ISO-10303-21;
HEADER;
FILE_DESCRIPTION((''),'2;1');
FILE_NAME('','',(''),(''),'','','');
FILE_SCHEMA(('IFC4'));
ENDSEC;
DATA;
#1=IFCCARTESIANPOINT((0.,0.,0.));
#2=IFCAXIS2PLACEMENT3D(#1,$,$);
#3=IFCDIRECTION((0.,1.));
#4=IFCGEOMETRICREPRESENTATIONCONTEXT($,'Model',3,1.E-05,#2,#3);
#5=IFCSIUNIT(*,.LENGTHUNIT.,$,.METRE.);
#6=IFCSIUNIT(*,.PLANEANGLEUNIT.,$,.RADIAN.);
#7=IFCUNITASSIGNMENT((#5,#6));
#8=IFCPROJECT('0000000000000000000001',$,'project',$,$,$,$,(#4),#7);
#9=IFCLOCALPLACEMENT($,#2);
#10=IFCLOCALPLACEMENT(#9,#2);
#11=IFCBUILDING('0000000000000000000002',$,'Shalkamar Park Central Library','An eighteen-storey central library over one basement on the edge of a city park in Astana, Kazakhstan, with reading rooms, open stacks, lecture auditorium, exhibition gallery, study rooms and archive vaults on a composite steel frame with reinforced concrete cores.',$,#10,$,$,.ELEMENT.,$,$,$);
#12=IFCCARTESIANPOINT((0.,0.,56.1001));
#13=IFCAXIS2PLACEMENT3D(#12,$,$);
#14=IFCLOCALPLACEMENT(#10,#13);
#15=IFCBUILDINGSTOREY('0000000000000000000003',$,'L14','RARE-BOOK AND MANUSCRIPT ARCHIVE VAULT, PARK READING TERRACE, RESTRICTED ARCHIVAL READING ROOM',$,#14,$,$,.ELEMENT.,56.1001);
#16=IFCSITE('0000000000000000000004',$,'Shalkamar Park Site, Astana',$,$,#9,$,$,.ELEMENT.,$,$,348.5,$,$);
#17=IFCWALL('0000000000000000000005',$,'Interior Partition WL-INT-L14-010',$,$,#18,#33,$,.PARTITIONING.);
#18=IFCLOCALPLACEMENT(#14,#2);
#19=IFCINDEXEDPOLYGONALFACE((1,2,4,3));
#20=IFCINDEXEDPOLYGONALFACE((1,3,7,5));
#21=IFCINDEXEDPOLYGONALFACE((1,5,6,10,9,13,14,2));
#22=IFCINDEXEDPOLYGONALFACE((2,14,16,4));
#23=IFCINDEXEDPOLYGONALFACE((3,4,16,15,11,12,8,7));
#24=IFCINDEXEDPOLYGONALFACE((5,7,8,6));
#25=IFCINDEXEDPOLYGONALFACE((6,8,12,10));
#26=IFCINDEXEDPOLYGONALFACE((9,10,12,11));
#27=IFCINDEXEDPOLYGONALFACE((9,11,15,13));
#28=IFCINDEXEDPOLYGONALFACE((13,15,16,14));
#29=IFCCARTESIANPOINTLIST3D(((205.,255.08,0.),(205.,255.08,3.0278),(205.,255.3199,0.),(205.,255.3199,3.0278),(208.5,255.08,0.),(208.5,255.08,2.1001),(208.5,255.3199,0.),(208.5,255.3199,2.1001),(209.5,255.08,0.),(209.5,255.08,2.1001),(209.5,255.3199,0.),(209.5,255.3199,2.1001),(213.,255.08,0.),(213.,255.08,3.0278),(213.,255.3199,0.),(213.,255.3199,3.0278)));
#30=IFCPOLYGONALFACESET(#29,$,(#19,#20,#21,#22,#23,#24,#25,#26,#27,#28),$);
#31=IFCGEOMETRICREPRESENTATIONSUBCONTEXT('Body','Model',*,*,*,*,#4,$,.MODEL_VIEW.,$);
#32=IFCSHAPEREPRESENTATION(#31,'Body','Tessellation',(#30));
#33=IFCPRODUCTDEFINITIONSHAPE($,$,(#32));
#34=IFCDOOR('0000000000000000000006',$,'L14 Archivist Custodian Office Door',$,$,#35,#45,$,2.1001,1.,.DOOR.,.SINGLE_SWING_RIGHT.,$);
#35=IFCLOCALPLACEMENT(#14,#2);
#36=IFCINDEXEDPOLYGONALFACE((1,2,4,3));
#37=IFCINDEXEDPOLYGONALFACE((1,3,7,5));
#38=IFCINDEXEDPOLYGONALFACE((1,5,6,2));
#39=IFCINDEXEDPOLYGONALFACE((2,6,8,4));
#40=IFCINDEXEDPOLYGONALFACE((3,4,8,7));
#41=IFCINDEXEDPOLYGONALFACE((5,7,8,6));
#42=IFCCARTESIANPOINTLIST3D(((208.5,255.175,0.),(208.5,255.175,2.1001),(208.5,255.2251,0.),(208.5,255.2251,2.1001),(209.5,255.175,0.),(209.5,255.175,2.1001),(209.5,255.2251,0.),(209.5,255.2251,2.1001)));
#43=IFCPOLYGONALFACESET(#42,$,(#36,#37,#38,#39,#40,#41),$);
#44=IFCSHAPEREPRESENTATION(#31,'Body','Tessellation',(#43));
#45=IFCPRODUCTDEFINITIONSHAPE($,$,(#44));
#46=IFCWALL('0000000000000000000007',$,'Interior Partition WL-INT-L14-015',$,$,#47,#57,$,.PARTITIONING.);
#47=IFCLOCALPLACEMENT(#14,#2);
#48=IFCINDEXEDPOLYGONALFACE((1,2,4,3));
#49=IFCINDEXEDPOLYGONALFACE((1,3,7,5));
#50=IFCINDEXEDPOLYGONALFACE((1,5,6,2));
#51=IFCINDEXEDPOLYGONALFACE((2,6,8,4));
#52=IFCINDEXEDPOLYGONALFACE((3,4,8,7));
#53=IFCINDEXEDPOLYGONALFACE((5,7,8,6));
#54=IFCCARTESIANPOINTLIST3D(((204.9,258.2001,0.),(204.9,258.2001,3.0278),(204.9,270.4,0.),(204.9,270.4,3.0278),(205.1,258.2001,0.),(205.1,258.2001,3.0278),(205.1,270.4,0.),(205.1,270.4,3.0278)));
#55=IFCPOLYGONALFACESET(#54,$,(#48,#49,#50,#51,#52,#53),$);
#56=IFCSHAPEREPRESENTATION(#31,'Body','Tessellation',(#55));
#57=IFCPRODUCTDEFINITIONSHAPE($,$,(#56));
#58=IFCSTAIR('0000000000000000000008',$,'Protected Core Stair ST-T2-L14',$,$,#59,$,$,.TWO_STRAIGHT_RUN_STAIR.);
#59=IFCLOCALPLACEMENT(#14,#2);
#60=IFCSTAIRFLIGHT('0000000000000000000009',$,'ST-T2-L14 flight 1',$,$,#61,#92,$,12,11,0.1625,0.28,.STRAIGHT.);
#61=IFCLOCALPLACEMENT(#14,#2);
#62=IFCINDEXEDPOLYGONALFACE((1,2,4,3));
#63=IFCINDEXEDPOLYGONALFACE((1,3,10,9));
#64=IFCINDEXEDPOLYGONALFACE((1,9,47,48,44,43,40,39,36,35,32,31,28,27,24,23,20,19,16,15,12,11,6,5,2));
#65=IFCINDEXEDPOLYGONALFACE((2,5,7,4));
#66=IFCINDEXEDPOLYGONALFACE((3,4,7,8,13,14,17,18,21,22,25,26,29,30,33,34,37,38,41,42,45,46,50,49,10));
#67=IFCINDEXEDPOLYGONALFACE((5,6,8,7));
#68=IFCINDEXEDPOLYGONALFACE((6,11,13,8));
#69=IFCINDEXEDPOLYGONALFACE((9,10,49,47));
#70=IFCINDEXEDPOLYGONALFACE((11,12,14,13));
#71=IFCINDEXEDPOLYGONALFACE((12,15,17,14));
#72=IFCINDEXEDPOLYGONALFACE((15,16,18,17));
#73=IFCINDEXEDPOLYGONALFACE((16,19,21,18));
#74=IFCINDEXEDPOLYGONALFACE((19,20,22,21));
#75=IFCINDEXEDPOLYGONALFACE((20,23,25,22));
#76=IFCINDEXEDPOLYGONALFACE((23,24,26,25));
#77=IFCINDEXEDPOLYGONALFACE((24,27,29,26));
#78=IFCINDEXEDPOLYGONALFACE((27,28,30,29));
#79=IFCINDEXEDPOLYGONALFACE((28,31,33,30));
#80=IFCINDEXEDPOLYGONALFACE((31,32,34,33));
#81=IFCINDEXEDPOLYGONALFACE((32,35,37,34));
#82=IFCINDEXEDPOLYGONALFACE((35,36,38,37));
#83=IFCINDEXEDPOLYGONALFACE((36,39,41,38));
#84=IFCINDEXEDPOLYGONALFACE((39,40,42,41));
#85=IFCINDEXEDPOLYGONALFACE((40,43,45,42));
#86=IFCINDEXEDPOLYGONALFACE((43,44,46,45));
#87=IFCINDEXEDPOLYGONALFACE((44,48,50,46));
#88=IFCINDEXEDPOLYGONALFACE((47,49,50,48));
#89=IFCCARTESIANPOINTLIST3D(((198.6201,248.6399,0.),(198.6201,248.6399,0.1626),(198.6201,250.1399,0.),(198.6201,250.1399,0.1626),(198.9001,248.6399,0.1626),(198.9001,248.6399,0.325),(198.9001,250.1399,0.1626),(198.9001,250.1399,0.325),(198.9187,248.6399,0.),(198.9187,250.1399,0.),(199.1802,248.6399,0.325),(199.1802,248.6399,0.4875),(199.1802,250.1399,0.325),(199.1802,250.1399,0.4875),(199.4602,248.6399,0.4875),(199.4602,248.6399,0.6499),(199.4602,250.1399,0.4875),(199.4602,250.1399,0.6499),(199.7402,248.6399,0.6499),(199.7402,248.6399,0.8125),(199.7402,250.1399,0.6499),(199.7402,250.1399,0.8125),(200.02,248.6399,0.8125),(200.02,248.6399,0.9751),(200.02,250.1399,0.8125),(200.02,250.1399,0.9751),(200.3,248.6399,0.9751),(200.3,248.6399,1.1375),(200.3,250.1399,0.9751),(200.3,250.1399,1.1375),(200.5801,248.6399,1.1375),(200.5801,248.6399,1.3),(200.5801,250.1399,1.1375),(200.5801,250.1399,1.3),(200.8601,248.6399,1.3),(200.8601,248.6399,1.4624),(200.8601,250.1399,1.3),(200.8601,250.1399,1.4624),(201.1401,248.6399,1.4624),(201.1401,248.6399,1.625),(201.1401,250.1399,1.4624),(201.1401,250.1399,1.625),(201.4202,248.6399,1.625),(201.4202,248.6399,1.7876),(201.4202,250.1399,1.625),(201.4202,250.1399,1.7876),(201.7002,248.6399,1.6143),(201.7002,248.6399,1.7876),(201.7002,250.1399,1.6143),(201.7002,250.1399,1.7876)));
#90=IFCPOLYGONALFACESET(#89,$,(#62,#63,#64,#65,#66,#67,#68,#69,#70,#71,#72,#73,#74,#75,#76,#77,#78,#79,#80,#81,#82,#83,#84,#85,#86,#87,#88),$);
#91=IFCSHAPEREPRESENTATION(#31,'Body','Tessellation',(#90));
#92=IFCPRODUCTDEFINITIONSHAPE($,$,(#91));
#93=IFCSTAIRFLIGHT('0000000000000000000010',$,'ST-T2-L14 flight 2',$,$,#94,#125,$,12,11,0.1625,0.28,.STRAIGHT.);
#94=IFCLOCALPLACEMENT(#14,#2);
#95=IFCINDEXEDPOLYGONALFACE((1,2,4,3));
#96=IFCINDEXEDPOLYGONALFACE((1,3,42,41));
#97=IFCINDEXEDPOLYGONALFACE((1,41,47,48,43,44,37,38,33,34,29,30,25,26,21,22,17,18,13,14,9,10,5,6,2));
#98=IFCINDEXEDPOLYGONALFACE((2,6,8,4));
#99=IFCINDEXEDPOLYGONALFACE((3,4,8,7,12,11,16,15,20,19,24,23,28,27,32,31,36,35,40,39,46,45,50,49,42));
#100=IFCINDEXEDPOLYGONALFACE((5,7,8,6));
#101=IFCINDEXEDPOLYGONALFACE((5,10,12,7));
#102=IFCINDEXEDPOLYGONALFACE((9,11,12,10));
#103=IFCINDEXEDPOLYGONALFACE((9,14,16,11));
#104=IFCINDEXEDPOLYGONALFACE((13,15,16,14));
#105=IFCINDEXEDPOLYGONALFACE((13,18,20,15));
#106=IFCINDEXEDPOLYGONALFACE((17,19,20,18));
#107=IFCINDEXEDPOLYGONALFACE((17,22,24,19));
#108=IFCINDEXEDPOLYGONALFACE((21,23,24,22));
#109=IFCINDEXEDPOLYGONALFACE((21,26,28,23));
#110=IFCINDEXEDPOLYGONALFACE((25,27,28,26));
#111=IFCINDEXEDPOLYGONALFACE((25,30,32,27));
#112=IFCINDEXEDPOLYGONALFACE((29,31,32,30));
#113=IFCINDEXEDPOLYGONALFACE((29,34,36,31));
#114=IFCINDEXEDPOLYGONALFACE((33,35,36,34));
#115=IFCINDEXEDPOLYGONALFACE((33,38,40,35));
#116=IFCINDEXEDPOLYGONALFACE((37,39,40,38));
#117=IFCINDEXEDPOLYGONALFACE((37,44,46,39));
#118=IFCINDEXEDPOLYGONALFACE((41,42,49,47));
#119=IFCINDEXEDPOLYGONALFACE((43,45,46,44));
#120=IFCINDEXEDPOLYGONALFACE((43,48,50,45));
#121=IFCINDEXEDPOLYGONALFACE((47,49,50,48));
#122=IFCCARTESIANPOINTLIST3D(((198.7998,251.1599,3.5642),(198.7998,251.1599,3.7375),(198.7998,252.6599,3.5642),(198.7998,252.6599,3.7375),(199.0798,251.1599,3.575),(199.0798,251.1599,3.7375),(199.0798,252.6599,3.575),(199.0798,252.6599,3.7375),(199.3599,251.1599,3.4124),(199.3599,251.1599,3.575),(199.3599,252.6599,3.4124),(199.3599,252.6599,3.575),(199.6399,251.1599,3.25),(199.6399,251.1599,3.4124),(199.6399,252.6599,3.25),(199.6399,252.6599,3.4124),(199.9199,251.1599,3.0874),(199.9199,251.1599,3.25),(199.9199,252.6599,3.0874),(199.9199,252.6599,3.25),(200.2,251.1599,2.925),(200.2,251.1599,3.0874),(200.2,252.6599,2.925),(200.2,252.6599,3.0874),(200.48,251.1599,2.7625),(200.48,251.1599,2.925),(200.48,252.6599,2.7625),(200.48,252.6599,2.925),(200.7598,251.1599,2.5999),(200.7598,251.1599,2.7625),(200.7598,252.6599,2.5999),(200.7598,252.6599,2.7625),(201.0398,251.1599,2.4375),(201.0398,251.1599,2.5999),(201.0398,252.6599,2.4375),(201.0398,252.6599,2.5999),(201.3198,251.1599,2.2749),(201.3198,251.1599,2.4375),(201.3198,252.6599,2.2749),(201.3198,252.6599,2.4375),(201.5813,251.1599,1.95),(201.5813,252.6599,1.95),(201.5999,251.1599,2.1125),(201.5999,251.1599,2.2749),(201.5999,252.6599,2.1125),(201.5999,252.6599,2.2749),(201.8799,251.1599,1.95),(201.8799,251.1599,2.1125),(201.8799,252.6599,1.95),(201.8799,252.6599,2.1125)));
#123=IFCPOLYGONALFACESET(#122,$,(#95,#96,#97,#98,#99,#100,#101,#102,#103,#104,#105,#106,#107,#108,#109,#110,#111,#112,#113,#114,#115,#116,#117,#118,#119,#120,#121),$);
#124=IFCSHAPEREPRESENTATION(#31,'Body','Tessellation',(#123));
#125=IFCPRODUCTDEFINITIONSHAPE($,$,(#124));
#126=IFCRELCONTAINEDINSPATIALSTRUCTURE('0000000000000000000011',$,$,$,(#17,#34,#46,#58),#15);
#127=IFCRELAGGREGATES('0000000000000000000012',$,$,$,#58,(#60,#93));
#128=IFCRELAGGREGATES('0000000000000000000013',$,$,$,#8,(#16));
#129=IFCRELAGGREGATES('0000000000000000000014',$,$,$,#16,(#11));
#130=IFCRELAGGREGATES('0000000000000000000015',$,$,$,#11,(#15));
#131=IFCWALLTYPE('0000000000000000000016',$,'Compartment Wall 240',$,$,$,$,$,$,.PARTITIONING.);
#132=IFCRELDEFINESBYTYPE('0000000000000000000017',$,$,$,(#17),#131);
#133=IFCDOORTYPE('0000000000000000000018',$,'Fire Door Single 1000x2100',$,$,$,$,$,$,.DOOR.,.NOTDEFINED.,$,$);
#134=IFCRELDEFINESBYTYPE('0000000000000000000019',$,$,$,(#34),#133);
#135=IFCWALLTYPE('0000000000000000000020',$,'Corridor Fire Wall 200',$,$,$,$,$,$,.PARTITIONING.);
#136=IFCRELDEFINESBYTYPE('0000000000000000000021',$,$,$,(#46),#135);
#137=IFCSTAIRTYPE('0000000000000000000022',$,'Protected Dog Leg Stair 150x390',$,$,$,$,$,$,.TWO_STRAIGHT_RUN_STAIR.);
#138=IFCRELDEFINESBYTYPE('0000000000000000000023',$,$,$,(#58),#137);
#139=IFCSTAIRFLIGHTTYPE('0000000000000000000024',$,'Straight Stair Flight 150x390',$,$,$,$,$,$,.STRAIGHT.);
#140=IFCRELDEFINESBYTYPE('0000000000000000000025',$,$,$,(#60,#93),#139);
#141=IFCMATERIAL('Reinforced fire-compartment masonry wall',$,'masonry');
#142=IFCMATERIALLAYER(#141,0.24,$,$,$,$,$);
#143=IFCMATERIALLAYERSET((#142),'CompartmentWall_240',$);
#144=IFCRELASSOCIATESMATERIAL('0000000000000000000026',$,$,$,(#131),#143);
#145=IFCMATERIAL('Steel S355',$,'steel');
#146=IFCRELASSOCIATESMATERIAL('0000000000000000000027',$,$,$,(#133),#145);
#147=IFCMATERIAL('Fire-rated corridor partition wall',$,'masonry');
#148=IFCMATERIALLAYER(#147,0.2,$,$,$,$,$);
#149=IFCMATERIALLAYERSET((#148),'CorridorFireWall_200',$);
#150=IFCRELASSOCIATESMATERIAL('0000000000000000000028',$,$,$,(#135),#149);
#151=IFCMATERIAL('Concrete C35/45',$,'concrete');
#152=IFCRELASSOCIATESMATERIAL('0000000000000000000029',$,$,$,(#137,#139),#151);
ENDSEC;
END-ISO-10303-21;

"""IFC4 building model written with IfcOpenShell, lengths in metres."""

from ifc_helpers import new_model, si_unit, direction, frame, frame_2d, origin, place, context, subcontext, project, spatial, polyline, rectangle, outline, extrude, material, layer, layer_set, type_object, element, fill, aggregate, save


model = new_model("IFC4")

# Units and contexts
model_context = context("Model", 3, precision=1e-05, world=origin(), true_north=direction((0.0, 1.0)))
body_context = subcontext(model_context, "Body", "Model", "MODEL_VIEW")
ifc_project = project(units=[si_unit("LENGTHUNIT", "METRE"), si_unit("PLANEANGLEUNIT", "RADIAN")], contexts=[model_context])

# Site, building, storey
site_placement = place(None, origin())
site = spatial("IfcSite", under=ifc_project, at=site_placement, Name="Shalkamar Park Site, Astana", CompositionType="ELEMENT", RefElevation=348.5)
building_placement = place(site_placement, origin())
building = spatial("IfcBuilding", under=site, at=building_placement, Name="Shalkamar Park Central Library", Description="An eighteen-storey central library over one basement on the edge of a city park in Astana, Kazakhstan, with reading rooms, open stacks, lecture auditorium, exhibition gallery, study rooms and archive vaults on a composite steel frame with reinforced concrete cores.", CompositionType="ELEMENT")
storey_placement = place(building_placement, frame((0.0, 0.0, 56.1001)))
storey = spatial("IfcBuildingStorey", under=building, at=storey_placement, Name="L14", Description="RARE-BOOK AND MANUSCRIPT ARCHIVE VAULT, PARK READING TERRACE, RESTRICTED ARCHIVAL READING ROOM", CompositionType="ELEMENT", Elevation=56.1001)

# Shared definitions
ifc_material_1 = material(Name="Steel S355", Category="steel")

# Wall, opening, door
ifc_material_2 = material(Name="Reinforced fire-compartment masonry wall", Category="masonry")
ifc_layer_1 = layer(ifc_material_2, 0.24)
ifc_layer_set_1 = layer_set([ifc_layer_1], Name="CompartmentWall_240")
wall_type_1 = type_object("IfcWallType", Name="Compartment Wall 240", PredefinedType="PARTITIONING", material=ifc_layer_set_1)
wall_1_placement = place(storey_placement, frame((205.0, 255.2, 0.0), z_axis=(0.0, 0.0, 1.0), x_axis=(1.0, 0.0, 0.0)))
wall_1 = element("IfcWall", 1, at=wall_1_placement, inside=storey, type_object=wall_type_1, Name="Interior Partition WL-INT-L14-010", PredefinedType="PARTITIONING", context=body_context, shape_type="SweptSolid", body=[
    extrude(rectangle(XDim=8.0, YDim=0.24, at=frame_2d((4.0, 0.0))), origin(), (0.0, 0.0, 1.0), 3.0278),
])
opening_placement = place(wall_1_placement, frame((3.5, 0.0, 0.0)))
opening = element("IfcOpeningElement", 2, at=opening_placement, cuts=wall_1, PredefinedType="OPENING", context=body_context, shape_type="SweptSolid", body=[
    extrude(rectangle(XDim=1.0, YDim=2.1001, at=frame_2d((0.5, 1.05))), frame((0.0, 0.1348, 0.0), z_axis=(0.0, -1.0, 0.0), x_axis=(1.0, 0.0, 0.0)), (0.0, 0.0, 1.0), 0.2698),
])
door_type = type_object("IfcDoorType", Name="Fire Door Single 1000x2100", OperationType="NOTDEFINED", PredefinedType="DOOR", material=ifc_material_1)
door_placement = place(opening_placement, frame((1.0, 0.0, 0.0), z_axis=(0.0, 0.0, 1.0), x_axis=(-1.0, 0.0, 0.0)))
door = element("IfcDoor", 3, at=door_placement, inside=storey, type_object=door_type, Name="L14 Archivist Custodian Office Door", OperationType="SINGLE_SWING_RIGHT", OverallHeight=2.1001, OverallWidth=1.0, PredefinedType="DOOR", context=body_context, shape_type="SweptSolid", body=[
    extrude(rectangle(XDim=1.0, YDim=2.1001, at=frame_2d((0.5, 1.05))), frame((0.0, 0.0249, 0.0), z_axis=(0.0, -1.0, 0.0), x_axis=(1.0, 0.0, 0.0)), (0.0, 0.0, 1.0), 0.05),
])
fill(opening, door)

# Wall
ifc_material_3 = material(Name="Fire-rated corridor partition wall", Category="masonry")
ifc_layer_2 = layer(ifc_material_3, 0.2)
ifc_layer_set_2 = layer_set([ifc_layer_2], Name="CorridorFireWall_200")
wall_type_2 = type_object("IfcWallType", Name="Corridor Fire Wall 200", PredefinedType="PARTITIONING", material=ifc_layer_set_2)
wall_2_placement = place(storey_placement, frame((205.0, 258.2, 0.0), z_axis=(0.0, 0.0, 1.0), x_axis=(0.0, 1.0, 0.0)))
element("IfcWall", 4, at=wall_2_placement, inside=storey, type_object=wall_type_2, Name="Interior Partition WL-INT-L14-015", PredefinedType="PARTITIONING", context=body_context, shape_type="SweptSolid", body=[
    extrude(rectangle(XDim=12.2, YDim=0.2, at=frame_2d((6.1001, 0.0))), origin(), (0.0, 0.0, 1.0), 3.0278),
])

# Stair, stair flights
ifc_material_4 = material(Name="Concrete C35/45", Category="concrete")
stair_type = type_object("IfcStairType", Name="Protected Dog Leg Stair 150x390", PredefinedType="TWO_STRAIGHT_RUN_STAIR", material=ifc_material_4)
stair_placement = place(storey_placement, origin())
stair = element("IfcStair", 5, at=stair_placement, inside=storey, type_object=stair_type, Name="Protected Core Stair ST-T2-L14", PredefinedType="TWO_STRAIGHT_RUN_STAIR")
stair_flight_type = type_object("IfcStairFlightType", Name="Straight Stair Flight 150x390", PredefinedType="STRAIGHT", material=ifc_material_4)
stair_flight_1_placement = place(storey_placement, frame((198.6201, 249.3899, 0.0), z_axis=(0.0, 0.0, 1.0), x_axis=(1.0, 0.0, 0.0)))
stair_flight_1 = element("IfcStairFlight", 6, at=stair_flight_1_placement, type_object=stair_flight_type, Name="ST-T2-L14 flight 1", NumberOfRisers=12, NumberOfTreads=11, PredefinedType="STRAIGHT", RiserHeight=0.1625, TreadLength=0.28, context=body_context, shape_type="SweptSolid", body=[
    extrude(outline(polyline([(0.0, 0.0), (0.0, 0.1626), (0.28, 0.1626), (0.28, 0.325), (0.5601, 0.325), (0.5601, 0.4875), (0.8401, 0.4875), (0.8401, 0.6499), (1.1201, 0.6499), (1.1201, 0.8125), (1.3999, 0.8125), (1.3999, 0.9751), (1.6799, 0.9751), (1.6799, 1.1375), (1.96, 1.1375), (1.96, 1.3), (2.24, 1.3), (2.24, 1.4624), (2.52, 1.4624), (2.52, 1.625), (2.8, 1.625), (2.8, 1.7876), (3.0801, 1.7876), (3.0801, 1.95), (3.0801, 1.6143), (0.2986, 0.0), (0.0, 0.0)])), frame((0.0, 0.75, 0.0), z_axis=(0.0, -1.0, 0.0), x_axis=(1.0, 0.0, 0.0)), (0.0, 0.0, 1.0), 1.5),
])
stair_flight_2_placement = place(storey_placement, frame((201.8799, 251.9099, 1.95), z_axis=(0.0, 0.0, 1.0), x_axis=(-1.0, 0.0, 0.0)))
stair_flight_2 = element("IfcStairFlight", 7, at=stair_flight_2_placement, type_object=stair_flight_type, Name="ST-T2-L14 flight 2", NumberOfRisers=12, NumberOfTreads=11, PredefinedType="STRAIGHT", RiserHeight=0.1625, TreadLength=0.28, context=body_context, shape_type="SweptSolid", body=[
    extrude(outline(polyline([(0.0, 0.0), (0.0, 0.1626), (0.28, 0.1626), (0.28, 0.325), (0.5601, 0.325), (0.5601, 0.4875), (0.8401, 0.4875), (0.8401, 0.6499), (1.1201, 0.6499), (1.1201, 0.8125), (1.3999, 0.8125), (1.3999, 0.9751), (1.6799, 0.9751), (1.6799, 1.1375), (1.96, 1.1375), (1.96, 1.3), (2.24, 1.3), (2.24, 1.4624), (2.52, 1.4624), (2.52, 1.625), (2.8, 1.625), (2.8, 1.7876), (3.0801, 1.7876), (3.0801, 1.95), (3.0801, 1.6143), (0.2986, 0.0), (0.0, 0.0)])), frame((0.0, 0.75, 0.0), z_axis=(0.0, -1.0, 0.0), x_axis=(1.0, 0.0, 0.0)), (0.0, 0.0, 1.0), 1.5),
])
aggregate(stair, [stair_flight_1, stair_flight_2])

save(model, "model.ifc")
